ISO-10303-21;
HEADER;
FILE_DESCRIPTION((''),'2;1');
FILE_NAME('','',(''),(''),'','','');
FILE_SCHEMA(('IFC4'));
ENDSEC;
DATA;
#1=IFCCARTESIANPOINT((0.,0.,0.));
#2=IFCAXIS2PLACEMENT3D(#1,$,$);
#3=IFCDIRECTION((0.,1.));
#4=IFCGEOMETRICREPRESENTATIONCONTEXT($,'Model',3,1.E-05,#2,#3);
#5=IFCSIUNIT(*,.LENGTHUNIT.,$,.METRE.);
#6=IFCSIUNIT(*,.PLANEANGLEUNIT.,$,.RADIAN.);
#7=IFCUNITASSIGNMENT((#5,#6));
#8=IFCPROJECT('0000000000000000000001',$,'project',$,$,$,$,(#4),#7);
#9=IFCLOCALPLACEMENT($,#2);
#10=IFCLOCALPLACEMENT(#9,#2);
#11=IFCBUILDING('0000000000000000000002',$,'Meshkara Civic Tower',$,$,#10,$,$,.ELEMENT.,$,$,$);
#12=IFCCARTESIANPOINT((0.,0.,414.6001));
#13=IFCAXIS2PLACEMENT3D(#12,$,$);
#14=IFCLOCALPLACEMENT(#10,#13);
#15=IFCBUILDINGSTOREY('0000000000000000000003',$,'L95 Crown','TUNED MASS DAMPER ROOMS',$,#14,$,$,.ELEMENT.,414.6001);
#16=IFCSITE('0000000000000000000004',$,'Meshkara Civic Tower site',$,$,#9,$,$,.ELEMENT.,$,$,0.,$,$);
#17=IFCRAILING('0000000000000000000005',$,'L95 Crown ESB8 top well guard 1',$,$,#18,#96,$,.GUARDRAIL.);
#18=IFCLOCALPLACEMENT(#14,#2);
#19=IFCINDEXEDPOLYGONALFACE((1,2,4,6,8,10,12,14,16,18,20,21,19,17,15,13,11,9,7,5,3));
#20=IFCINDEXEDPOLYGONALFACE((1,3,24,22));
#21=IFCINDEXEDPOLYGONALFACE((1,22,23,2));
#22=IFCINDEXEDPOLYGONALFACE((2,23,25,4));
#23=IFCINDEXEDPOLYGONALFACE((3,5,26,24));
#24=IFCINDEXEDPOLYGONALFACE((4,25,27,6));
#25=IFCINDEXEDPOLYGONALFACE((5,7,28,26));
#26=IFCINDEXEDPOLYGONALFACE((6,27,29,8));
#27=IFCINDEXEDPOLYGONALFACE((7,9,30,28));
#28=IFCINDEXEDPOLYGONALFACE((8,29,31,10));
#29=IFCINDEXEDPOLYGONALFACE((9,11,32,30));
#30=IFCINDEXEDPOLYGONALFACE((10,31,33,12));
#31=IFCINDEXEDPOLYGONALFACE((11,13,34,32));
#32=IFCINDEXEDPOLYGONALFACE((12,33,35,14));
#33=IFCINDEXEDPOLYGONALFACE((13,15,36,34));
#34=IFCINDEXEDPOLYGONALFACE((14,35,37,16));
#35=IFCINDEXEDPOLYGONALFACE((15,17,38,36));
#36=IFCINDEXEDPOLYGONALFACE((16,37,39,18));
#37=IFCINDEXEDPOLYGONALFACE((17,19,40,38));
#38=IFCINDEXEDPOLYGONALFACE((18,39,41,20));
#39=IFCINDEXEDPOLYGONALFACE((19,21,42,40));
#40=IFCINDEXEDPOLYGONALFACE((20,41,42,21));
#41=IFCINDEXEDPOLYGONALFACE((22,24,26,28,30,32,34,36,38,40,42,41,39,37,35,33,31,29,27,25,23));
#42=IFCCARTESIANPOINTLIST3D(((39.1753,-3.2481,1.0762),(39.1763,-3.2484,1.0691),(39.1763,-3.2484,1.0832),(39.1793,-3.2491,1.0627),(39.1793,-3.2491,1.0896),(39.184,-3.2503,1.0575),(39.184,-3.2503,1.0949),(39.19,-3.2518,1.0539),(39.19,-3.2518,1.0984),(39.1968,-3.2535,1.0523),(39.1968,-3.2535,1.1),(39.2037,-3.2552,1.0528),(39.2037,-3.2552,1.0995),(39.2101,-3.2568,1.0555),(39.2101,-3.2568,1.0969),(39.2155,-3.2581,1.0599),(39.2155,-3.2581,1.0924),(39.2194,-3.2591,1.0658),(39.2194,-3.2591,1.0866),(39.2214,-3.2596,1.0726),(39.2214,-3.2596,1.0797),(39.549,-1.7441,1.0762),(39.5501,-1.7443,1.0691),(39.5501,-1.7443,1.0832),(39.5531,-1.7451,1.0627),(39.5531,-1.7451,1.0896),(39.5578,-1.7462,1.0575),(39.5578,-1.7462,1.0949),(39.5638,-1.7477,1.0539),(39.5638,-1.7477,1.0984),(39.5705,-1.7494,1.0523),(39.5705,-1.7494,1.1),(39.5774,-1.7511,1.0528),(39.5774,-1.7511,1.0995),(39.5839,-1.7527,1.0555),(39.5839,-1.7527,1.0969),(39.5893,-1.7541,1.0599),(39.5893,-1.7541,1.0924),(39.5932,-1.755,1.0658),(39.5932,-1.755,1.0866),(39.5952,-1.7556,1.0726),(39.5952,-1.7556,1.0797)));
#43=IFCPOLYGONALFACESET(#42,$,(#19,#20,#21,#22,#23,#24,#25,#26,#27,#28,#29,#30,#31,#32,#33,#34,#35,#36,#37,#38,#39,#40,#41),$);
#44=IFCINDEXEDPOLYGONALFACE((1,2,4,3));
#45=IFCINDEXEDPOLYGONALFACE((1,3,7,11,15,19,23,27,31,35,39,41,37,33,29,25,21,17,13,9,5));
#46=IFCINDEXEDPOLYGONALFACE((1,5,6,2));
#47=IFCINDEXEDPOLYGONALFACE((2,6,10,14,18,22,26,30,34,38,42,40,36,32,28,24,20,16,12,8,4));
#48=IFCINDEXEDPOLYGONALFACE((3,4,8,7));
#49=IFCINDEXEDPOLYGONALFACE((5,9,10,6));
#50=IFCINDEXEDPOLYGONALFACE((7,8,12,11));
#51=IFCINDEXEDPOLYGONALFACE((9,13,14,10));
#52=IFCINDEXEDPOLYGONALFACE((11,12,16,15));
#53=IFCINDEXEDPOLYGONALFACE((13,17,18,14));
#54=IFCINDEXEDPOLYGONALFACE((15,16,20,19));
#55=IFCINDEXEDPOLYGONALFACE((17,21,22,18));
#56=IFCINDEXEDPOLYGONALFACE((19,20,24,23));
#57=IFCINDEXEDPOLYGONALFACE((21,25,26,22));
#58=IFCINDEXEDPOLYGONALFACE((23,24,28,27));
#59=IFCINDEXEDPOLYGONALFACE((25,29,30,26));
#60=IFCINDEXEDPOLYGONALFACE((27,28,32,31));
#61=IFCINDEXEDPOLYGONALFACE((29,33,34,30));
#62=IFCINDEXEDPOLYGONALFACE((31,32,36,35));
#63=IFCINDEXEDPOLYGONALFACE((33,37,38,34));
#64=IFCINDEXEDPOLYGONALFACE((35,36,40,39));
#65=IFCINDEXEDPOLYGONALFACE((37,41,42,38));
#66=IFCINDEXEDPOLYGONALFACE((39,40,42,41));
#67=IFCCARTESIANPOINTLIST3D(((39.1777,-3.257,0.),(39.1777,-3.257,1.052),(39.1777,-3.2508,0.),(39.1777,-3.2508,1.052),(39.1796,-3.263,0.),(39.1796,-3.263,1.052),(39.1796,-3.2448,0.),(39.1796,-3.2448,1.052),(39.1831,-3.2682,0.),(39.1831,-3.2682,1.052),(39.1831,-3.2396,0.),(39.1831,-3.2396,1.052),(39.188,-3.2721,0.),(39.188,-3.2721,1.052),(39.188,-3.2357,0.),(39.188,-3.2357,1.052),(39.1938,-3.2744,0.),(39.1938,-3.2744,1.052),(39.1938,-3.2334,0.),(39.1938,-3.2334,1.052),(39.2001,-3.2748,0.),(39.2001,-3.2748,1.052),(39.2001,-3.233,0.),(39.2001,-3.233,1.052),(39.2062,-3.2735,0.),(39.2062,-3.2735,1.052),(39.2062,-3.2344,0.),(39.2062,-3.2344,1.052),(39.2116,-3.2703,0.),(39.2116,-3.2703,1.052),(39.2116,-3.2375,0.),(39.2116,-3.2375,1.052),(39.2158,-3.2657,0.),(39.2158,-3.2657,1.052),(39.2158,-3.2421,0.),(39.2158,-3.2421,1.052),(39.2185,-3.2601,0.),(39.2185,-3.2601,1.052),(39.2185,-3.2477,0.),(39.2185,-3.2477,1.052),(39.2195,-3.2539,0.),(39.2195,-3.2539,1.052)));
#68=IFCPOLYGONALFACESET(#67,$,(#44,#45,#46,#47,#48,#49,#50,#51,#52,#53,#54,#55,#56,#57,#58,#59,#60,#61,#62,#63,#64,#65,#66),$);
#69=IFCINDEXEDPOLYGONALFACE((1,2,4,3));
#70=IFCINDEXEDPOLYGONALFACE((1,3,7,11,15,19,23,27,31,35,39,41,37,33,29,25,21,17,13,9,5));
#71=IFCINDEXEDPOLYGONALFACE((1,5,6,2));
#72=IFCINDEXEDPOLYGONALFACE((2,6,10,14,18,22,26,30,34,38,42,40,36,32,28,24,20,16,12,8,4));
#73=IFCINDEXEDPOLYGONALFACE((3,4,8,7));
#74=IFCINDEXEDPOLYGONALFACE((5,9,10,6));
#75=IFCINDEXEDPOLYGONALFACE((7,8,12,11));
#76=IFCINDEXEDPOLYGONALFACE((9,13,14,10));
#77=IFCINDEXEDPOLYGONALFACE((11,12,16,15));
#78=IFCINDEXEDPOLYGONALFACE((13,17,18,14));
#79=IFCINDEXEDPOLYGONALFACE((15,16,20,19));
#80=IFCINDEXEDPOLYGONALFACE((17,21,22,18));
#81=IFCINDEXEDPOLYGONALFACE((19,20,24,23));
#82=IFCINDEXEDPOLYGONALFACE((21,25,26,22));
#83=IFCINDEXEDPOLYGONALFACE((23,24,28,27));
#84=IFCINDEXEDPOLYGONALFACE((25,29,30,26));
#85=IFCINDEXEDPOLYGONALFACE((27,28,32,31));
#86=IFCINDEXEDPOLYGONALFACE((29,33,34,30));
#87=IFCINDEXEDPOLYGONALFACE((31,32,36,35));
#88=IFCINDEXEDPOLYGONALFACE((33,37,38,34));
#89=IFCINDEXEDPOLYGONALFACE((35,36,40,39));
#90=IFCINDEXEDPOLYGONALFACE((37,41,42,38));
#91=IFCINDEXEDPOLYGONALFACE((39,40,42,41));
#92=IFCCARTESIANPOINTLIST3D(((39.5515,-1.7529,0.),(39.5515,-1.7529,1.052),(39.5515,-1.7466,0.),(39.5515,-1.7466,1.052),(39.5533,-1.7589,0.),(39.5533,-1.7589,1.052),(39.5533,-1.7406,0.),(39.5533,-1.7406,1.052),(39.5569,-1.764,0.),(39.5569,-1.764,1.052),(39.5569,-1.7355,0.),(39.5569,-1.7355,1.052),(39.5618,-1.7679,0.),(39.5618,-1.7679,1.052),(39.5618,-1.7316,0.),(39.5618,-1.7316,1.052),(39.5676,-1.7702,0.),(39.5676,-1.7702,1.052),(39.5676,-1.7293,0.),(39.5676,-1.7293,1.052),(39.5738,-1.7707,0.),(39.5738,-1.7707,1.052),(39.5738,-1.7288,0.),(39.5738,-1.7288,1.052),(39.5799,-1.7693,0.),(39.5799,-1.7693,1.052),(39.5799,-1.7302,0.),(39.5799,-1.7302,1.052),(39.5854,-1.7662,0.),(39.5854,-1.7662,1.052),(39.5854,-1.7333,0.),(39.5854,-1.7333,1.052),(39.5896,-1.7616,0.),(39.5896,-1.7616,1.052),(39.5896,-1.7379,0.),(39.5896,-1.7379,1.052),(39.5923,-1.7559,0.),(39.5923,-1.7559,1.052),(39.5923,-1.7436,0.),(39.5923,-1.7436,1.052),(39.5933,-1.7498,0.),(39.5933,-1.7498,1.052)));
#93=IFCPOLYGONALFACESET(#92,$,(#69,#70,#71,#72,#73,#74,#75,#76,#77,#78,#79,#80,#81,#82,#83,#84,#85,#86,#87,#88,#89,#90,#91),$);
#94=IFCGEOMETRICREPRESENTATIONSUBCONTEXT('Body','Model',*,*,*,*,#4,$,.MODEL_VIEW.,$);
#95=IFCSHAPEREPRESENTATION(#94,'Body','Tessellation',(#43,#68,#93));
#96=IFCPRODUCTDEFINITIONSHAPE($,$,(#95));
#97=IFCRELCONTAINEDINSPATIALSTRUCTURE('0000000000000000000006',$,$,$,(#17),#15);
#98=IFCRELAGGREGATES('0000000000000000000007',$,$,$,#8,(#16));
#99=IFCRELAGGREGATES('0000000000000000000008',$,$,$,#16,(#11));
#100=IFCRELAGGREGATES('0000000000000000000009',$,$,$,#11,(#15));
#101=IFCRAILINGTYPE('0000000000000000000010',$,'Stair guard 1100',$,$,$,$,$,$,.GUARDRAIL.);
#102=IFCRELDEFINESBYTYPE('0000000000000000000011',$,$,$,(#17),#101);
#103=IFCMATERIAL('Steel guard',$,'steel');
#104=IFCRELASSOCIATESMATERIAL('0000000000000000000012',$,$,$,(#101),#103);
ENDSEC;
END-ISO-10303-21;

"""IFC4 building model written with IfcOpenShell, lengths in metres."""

from ifc_helpers import new_model, si_unit, direction, frame, origin, origin_2d, place, context, subcontext, project, spatial, circle, extrude, material, type_object, element, save


model = new_model("IFC4")

# Units and contexts
model_context = context("Model", 3, precision=1e-05, world=origin(), true_north=direction((0.0, 1.0)))
body_context = subcontext(model_context, "Body", "Model", "MODEL_VIEW")
ifc_project = project(units=[si_unit("LENGTHUNIT", "METRE"), si_unit("PLANEANGLEUNIT", "RADIAN")], contexts=[model_context])

# Site, building, storey
site_placement = place(None, origin())
site = spatial("IfcSite", under=ifc_project, at=site_placement, Name="Meshkara Civic Tower site", CompositionType="ELEMENT", RefElevation=0.0)
building_placement = place(site_placement, origin())
building = spatial("IfcBuilding", under=site, at=building_placement, Name="Meshkara Civic Tower", CompositionType="ELEMENT")
storey_placement = place(building_placement, frame((0.0, 0.0, 414.6001)))
storey = spatial("IfcBuildingStorey", under=building, at=storey_placement, Name="L95 Crown", Description="TUNED MASS DAMPER ROOMS", CompositionType="ELEMENT", Elevation=414.6001)

# Railing
ifc_material_1 = material(Name="Steel guard", Category="steel")
railing_type = type_object("IfcRailingType", Name="Stair guard 1100", PredefinedType="GUARDRAIL", material=ifc_material_1)
railing_placement = place(storey_placement, frame((39.1985, -3.2539, 0.0)))
element("IfcRailing", 1, at=railing_placement, inside=storey, type_object=railing_type, Name="L95 Crown ESB8 top well guard 1", PredefinedType="GUARDRAIL", context=body_context, shape_type="SweptSolid", body=[
    extrude(circle(Radius=0.0239, at=origin_2d()), frame((0.0, 0.0, 1.0762), z_axis=(0.241164, 0.970484, 0.0), x_axis=(-0.970484, 0.241164, 0.0)), (0.0, 0.0, 1.0), 1.5498),
    extrude(circle(Radius=0.021, at=origin_2d()), origin(), (0.0, 0.0, 1.0), 1.052),
    extrude(circle(Radius=0.021, at=origin_2d()), frame((0.3738, 1.5042, 0.0)), (0.0, 0.0, 1.0), 1.052),
])

save(model, "model.ifc")
